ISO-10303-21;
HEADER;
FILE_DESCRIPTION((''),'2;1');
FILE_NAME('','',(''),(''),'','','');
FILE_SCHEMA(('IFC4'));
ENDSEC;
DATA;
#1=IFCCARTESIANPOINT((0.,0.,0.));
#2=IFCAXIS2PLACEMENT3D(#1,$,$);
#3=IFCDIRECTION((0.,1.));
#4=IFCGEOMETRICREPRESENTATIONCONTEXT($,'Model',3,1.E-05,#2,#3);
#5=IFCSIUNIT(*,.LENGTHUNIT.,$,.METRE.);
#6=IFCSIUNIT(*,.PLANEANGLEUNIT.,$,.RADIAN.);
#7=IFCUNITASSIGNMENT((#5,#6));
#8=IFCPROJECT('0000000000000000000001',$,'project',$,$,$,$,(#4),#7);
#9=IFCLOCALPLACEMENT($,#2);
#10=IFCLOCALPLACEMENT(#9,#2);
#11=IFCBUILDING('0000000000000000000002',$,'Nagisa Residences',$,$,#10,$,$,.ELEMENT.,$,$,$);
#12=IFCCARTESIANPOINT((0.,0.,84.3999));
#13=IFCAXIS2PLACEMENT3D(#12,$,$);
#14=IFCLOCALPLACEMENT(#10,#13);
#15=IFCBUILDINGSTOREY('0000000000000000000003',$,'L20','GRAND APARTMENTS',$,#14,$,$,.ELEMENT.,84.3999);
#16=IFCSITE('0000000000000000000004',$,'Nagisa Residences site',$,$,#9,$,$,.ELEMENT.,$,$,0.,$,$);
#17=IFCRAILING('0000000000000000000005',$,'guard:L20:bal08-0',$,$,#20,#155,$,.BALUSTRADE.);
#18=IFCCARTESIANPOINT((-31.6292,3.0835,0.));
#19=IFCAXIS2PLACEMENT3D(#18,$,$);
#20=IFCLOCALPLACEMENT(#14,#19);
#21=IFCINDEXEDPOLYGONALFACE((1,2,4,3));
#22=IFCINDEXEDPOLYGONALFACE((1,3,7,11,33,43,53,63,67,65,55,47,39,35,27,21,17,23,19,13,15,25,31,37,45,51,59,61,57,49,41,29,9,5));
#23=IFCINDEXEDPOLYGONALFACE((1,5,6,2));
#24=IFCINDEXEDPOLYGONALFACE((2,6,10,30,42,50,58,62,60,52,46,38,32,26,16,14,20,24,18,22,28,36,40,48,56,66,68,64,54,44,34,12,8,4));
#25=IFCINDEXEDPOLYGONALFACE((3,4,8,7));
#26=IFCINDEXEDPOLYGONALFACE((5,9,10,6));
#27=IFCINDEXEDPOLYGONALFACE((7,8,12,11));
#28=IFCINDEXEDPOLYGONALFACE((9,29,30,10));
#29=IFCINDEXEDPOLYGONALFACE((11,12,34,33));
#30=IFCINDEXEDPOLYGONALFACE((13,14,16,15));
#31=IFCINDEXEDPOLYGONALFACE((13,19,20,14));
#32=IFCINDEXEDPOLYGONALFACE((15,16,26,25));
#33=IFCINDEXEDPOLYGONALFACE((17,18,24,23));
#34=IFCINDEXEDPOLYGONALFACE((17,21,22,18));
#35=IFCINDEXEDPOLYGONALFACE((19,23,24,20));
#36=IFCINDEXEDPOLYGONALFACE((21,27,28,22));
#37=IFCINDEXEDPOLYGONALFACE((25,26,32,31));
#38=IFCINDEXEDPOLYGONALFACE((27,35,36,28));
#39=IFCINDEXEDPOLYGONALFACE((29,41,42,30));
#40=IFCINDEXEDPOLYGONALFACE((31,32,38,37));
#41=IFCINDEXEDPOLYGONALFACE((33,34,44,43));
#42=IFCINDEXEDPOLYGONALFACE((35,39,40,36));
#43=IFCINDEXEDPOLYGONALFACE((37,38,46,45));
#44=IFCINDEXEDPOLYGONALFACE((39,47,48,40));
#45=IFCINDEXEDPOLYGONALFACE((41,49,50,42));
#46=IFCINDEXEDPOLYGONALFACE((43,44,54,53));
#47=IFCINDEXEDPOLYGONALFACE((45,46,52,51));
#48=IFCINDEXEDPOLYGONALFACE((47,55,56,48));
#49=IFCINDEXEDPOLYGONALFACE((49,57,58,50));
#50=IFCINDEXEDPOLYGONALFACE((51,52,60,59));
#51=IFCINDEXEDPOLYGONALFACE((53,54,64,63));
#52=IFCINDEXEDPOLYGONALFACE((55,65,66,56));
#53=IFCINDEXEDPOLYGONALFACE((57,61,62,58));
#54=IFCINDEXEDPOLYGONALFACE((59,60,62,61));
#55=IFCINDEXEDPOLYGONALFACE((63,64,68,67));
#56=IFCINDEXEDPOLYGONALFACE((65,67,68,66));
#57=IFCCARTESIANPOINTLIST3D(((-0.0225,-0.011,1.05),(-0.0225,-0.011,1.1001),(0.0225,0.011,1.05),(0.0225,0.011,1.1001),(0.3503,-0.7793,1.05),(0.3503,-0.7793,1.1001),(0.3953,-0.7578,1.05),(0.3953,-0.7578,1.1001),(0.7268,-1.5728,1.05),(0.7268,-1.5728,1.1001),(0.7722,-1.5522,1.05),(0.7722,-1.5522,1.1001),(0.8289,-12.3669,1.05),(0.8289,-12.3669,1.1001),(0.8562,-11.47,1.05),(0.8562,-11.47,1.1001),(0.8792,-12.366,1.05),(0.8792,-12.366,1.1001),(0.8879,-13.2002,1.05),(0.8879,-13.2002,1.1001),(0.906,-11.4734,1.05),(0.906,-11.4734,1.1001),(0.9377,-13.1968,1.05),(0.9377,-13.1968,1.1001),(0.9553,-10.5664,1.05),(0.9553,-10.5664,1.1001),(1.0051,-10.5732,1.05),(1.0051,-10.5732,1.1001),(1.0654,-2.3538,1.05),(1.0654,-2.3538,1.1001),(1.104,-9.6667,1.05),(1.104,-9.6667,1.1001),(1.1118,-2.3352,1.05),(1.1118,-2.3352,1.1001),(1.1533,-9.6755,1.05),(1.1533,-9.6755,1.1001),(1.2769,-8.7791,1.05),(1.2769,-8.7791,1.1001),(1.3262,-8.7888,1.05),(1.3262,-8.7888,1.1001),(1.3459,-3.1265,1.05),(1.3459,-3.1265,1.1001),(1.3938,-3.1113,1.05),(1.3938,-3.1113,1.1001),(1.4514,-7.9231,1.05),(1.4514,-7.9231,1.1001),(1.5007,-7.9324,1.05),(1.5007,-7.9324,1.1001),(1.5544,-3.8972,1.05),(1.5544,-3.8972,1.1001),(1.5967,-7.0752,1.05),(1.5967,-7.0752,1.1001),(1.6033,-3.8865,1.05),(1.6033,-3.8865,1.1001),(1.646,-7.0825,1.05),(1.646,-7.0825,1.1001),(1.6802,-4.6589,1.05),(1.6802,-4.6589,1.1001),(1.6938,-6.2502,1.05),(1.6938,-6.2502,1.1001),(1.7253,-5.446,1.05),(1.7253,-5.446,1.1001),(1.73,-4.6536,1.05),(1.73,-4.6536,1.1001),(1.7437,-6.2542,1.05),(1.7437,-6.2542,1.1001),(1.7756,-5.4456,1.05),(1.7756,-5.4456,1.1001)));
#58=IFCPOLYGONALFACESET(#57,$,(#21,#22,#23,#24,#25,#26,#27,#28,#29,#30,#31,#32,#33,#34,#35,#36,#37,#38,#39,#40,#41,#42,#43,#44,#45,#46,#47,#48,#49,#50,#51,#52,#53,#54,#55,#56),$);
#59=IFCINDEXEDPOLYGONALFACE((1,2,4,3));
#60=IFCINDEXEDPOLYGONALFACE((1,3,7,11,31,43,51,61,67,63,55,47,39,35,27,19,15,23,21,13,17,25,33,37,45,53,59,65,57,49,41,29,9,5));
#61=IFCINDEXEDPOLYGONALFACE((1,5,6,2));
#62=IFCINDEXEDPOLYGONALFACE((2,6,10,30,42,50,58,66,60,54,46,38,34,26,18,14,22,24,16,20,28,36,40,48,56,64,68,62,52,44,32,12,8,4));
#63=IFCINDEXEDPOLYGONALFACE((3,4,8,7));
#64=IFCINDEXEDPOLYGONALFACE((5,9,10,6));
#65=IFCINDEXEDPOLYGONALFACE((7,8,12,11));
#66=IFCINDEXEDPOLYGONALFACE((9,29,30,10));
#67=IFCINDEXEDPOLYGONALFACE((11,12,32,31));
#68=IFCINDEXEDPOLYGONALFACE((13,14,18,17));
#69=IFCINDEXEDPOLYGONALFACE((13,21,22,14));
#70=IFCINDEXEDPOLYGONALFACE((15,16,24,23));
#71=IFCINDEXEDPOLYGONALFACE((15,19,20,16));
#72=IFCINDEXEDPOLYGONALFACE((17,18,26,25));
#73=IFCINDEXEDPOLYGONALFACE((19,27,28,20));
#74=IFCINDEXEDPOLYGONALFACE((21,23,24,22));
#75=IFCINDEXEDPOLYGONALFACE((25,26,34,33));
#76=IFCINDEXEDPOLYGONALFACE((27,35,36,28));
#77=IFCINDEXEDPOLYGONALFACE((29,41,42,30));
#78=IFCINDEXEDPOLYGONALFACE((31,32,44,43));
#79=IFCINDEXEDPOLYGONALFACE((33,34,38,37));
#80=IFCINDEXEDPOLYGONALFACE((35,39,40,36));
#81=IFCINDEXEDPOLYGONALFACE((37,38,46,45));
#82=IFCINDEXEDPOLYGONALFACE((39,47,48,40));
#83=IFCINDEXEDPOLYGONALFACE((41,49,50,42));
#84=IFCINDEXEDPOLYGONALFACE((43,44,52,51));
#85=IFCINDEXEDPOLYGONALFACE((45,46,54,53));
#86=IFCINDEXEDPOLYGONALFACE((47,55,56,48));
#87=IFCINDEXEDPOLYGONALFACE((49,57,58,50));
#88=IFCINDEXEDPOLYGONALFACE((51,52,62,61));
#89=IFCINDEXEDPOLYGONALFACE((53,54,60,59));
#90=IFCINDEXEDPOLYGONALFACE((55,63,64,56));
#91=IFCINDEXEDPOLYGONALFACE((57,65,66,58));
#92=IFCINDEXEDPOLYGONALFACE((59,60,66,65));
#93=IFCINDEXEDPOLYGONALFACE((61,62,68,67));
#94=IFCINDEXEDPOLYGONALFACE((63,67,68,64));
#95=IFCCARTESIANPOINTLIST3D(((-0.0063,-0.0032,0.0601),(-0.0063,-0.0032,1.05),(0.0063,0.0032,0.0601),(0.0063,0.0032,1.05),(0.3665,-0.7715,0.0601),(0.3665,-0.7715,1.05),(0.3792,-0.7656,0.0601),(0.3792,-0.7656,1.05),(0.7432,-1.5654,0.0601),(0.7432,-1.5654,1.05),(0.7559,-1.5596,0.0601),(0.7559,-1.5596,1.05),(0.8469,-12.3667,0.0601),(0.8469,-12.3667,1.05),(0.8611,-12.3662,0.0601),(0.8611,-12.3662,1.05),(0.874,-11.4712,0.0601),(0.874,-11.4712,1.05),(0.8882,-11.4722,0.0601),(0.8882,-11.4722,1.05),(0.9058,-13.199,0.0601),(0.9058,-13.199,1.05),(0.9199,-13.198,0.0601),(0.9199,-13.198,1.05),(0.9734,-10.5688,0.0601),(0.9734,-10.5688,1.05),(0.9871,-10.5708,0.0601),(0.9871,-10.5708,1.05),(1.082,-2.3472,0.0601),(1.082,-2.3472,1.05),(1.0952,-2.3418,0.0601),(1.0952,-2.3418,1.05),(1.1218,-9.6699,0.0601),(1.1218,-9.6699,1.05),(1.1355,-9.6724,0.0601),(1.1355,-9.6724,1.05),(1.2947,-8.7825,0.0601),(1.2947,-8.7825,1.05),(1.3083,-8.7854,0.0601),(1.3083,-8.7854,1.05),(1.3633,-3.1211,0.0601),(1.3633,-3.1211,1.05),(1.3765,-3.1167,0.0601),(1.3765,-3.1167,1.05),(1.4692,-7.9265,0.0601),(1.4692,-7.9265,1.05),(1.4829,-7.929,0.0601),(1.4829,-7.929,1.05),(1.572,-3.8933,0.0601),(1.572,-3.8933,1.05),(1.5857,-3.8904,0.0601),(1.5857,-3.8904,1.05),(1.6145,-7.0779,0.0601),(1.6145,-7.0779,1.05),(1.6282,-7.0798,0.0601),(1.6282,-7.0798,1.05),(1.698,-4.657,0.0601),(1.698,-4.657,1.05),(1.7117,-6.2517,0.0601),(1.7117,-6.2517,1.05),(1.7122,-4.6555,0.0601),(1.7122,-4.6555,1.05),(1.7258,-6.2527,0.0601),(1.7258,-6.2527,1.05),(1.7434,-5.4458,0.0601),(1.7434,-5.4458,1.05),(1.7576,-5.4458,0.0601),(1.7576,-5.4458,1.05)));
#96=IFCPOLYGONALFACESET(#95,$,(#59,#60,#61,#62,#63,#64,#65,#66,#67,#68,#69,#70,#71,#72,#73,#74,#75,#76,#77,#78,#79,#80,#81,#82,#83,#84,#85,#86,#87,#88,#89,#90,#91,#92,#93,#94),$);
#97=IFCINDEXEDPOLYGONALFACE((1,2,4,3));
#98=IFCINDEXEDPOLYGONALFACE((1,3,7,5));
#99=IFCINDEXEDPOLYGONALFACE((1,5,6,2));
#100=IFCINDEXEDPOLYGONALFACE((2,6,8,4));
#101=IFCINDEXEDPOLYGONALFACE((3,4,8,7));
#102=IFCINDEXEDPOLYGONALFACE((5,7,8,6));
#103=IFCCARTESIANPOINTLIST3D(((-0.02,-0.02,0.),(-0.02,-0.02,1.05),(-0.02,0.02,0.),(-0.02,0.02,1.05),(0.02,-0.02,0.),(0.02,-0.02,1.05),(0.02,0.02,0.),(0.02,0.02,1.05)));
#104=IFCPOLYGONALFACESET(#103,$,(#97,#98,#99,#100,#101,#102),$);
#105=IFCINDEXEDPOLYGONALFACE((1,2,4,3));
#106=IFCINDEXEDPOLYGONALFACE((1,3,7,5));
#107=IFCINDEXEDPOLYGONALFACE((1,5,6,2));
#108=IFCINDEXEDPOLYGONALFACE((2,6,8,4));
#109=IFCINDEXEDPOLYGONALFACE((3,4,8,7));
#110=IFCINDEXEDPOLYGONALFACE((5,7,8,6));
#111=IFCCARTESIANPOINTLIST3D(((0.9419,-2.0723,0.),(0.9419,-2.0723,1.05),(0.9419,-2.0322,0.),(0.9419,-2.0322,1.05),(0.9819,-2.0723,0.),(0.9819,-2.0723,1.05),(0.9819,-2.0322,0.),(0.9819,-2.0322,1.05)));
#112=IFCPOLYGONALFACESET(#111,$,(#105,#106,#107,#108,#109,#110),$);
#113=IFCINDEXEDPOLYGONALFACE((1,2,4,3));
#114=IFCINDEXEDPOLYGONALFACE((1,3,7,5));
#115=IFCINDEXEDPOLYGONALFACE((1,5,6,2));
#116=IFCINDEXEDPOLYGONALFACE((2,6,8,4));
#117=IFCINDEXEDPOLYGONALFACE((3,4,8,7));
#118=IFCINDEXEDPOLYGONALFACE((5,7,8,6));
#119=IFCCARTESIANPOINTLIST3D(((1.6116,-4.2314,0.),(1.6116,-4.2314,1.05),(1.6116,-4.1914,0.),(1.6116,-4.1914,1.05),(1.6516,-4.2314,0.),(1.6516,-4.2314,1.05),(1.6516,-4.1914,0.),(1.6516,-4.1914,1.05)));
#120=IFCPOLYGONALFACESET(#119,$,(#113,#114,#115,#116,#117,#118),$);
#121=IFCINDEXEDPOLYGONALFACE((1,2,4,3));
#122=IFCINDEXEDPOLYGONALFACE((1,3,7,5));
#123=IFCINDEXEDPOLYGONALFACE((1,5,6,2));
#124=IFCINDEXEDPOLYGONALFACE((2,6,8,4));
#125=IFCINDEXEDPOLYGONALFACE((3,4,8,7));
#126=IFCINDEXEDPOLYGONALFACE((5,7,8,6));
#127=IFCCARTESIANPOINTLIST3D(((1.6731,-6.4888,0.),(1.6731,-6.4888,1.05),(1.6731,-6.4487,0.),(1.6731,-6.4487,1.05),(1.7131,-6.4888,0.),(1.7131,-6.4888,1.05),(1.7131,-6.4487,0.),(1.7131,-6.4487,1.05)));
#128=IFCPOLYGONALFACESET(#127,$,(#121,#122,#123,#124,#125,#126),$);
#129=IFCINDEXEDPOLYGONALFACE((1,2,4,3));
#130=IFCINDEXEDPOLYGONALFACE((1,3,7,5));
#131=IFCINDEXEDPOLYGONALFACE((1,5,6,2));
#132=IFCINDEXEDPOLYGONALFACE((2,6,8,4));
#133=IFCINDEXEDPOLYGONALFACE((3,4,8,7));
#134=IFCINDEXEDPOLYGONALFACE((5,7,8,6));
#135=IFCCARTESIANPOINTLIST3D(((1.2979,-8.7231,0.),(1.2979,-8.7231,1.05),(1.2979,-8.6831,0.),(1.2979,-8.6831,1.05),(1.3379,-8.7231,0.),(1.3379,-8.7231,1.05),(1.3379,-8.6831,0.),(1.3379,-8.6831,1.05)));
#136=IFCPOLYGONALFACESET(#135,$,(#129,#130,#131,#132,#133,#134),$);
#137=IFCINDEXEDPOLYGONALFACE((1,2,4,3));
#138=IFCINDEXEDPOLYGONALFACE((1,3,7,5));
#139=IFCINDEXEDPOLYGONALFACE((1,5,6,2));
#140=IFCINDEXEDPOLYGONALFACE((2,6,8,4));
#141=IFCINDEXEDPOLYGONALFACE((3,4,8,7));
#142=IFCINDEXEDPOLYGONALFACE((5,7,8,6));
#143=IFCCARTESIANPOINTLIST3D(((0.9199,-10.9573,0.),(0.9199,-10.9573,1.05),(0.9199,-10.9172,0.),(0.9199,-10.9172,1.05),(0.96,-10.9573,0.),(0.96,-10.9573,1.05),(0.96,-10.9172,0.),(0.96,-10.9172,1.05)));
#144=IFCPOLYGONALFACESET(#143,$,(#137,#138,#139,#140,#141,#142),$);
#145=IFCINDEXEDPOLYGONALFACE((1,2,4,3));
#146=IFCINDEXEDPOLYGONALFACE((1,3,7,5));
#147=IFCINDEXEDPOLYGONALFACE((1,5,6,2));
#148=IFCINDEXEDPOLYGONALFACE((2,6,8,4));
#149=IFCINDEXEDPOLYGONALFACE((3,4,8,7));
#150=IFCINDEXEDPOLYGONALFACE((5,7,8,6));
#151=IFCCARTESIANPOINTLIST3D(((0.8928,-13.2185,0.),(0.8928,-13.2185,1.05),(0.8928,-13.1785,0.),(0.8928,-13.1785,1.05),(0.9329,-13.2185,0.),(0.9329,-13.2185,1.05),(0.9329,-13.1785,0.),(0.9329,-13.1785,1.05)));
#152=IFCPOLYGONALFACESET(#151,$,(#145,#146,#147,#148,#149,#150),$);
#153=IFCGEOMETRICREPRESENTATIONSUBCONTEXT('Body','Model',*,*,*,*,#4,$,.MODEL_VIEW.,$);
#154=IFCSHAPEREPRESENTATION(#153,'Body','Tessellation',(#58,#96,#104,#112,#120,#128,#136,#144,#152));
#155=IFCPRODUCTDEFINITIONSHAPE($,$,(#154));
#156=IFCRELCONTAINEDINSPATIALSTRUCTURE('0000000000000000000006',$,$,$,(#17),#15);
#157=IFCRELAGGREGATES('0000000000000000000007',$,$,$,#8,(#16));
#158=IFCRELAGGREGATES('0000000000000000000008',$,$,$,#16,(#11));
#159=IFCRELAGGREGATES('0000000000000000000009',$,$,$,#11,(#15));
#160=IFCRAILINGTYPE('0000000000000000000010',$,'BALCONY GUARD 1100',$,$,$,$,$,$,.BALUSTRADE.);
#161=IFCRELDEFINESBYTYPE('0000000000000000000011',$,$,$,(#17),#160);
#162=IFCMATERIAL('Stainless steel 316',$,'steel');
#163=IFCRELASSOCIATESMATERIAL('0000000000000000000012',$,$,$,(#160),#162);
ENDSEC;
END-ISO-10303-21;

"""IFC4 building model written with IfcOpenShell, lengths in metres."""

from ifc_helpers import new_model, si_unit, direction, frame, origin, origin_2d, place, context, subcontext, project, spatial, polyline, rectangle, outline, extrude, material, type_object, element, save


model = new_model("IFC4")

# Units and contexts
model_context = context("Model", 3, precision=1e-05, world=origin(), true_north=direction((0.0, 1.0)))
body_context = subcontext(model_context, "Body", "Model", "MODEL_VIEW")
ifc_project = project(units=[si_unit("LENGTHUNIT", "METRE"), si_unit("PLANEANGLEUNIT", "RADIAN")], contexts=[model_context])

# Site, building, storey
site_placement = place(None, origin())
site = spatial("IfcSite", under=ifc_project, at=site_placement, Name="Nagisa Residences site", CompositionType="ELEMENT", RefElevation=0.0)
building_placement = place(site_placement, origin())
building = spatial("IfcBuilding", under=site, at=building_placement, Name="Nagisa Residences", CompositionType="ELEMENT")
storey_placement = place(building_placement, frame((0.0, 0.0, 84.3999)))
storey = spatial("IfcBuildingStorey", under=building, at=storey_placement, Name="L20", Description="GRAND APARTMENTS", CompositionType="ELEMENT", Elevation=84.3999)

# Railing
ifc_material_1 = material(Name="Stainless steel 316", Category="steel")
railing_type = type_object("IfcRailingType", Name="BALCONY GUARD 1100", PredefinedType="BALUSTRADE", material=ifc_material_1)
railing_1_placement = place(storey_placement, frame((-31.6292, 3.0835, 0.0)))
element("IfcRailing", 1, at=railing_1_placement, inside=storey, type_object=railing_type, Name="guard:L20:bal08-0", PredefinedType="BALUSTRADE", context=body_context, shape_type="SweptSolid", body=[
    extrude(outline(polyline([(0.3953, -0.7578), (0.0225, 0.011), (-0.0225, -0.011), (0.3503, -0.7793), (0.7268, -1.5728), (1.0654, -2.3538), (1.3459, -3.1265), (1.5544, -3.8972), (1.6802, -4.6589), (1.7253, -5.446), (1.6938, -6.2502), (1.5967, -7.0752), (1.4514, -7.9231), (1.2769, -8.7791), (1.104, -9.6667), (0.9553, -10.5664), (0.8562, -11.47), (0.8289, -12.3669), (0.8879, -13.2002), (0.9377, -13.1968), (0.8792, -12.366), (0.906, -11.4734), (1.0051, -10.5732), (1.1533, -9.6755), (1.3262, -8.7888), (1.5007, -7.9324), (1.646, -7.0825), (1.7437, -6.2542), (1.7756, -5.4456), (1.73, -4.6536), (1.6033, -3.8865), (1.3938, -3.1113), (1.1118, -2.3352), (0.7722, -1.5522), (0.3953, -0.7578)])), frame((0.0, 0.0, 1.05)), (0.0, 0.0, 1.0), 0.05),
    extrude(outline(polyline([(0.3792, -0.7656), (0.0063, 0.0032), (-0.0063, -0.0032), (0.3665, -0.7715), (0.7432, -1.5654), (1.082, -2.3472), (1.3633, -3.1211), (1.572, -3.8933), (1.698, -4.657), (1.7434, -5.4458), (1.7117, -6.2517), (1.6145, -7.0779), (1.4692, -7.9265), (1.2947, -8.7825), (1.1218, -9.6699), (0.9734, -10.5688), (0.874, -11.4712), (0.8469, -12.3667), (0.9058, -13.199), (0.9199, -13.198), (0.8611, -12.3662), (0.8882, -11.4722), (0.9871, -10.5708), (1.1355, -9.6724), (1.3083, -8.7854), (1.4829, -7.929), (1.6282, -7.0798), (1.7258, -6.2527), (1.7576, -5.4458), (1.7122, -4.6555), (1.5857, -3.8904), (1.3765, -3.1167), (1.0952, -2.3418), (0.7559, -1.5596), (0.3792, -0.7656)])), frame((0.0, 0.0, 0.0601)), (0.0, 0.0, 1.0), 0.99),
    extrude(rectangle(XDim=0.04, YDim=0.04, at=origin_2d()), origin(), (0.0, 0.0, 1.0), 1.05),
    extrude(rectangle(XDim=0.04, YDim=0.04, at=origin_2d()), frame((0.9619, -2.0522, 0.0)), (0.0, 0.0, 1.0), 1.05),
    extrude(rectangle(XDim=0.04, YDim=0.04, at=origin_2d()), frame((1.6316, -4.2114, 0.0)), (0.0, 0.0, 1.0), 1.05),
    extrude(rectangle(XDim=0.04, YDim=0.04, at=origin_2d()), frame((1.6931, -6.4688, 0.0)), (0.0, 0.0, 1.0), 1.05),
    extrude(rectangle(XDim=0.04, YDim=0.04, at=origin_2d()), frame((1.3179, -8.7031, 0.0)), (0.0, 0.0, 1.0), 1.05),
    extrude(rectangle(XDim=0.04, YDim=0.04, at=origin_2d()), frame((0.9399, -10.9373, 0.0)), (0.0, 0.0, 1.0), 1.05),
    extrude(rectangle(XDim=0.04, YDim=0.04, at=origin_2d()), frame((0.9128, -13.1985, 0.0)), (0.0, 0.0, 1.0), 1.05),
])

save(model, "model.ifc")
